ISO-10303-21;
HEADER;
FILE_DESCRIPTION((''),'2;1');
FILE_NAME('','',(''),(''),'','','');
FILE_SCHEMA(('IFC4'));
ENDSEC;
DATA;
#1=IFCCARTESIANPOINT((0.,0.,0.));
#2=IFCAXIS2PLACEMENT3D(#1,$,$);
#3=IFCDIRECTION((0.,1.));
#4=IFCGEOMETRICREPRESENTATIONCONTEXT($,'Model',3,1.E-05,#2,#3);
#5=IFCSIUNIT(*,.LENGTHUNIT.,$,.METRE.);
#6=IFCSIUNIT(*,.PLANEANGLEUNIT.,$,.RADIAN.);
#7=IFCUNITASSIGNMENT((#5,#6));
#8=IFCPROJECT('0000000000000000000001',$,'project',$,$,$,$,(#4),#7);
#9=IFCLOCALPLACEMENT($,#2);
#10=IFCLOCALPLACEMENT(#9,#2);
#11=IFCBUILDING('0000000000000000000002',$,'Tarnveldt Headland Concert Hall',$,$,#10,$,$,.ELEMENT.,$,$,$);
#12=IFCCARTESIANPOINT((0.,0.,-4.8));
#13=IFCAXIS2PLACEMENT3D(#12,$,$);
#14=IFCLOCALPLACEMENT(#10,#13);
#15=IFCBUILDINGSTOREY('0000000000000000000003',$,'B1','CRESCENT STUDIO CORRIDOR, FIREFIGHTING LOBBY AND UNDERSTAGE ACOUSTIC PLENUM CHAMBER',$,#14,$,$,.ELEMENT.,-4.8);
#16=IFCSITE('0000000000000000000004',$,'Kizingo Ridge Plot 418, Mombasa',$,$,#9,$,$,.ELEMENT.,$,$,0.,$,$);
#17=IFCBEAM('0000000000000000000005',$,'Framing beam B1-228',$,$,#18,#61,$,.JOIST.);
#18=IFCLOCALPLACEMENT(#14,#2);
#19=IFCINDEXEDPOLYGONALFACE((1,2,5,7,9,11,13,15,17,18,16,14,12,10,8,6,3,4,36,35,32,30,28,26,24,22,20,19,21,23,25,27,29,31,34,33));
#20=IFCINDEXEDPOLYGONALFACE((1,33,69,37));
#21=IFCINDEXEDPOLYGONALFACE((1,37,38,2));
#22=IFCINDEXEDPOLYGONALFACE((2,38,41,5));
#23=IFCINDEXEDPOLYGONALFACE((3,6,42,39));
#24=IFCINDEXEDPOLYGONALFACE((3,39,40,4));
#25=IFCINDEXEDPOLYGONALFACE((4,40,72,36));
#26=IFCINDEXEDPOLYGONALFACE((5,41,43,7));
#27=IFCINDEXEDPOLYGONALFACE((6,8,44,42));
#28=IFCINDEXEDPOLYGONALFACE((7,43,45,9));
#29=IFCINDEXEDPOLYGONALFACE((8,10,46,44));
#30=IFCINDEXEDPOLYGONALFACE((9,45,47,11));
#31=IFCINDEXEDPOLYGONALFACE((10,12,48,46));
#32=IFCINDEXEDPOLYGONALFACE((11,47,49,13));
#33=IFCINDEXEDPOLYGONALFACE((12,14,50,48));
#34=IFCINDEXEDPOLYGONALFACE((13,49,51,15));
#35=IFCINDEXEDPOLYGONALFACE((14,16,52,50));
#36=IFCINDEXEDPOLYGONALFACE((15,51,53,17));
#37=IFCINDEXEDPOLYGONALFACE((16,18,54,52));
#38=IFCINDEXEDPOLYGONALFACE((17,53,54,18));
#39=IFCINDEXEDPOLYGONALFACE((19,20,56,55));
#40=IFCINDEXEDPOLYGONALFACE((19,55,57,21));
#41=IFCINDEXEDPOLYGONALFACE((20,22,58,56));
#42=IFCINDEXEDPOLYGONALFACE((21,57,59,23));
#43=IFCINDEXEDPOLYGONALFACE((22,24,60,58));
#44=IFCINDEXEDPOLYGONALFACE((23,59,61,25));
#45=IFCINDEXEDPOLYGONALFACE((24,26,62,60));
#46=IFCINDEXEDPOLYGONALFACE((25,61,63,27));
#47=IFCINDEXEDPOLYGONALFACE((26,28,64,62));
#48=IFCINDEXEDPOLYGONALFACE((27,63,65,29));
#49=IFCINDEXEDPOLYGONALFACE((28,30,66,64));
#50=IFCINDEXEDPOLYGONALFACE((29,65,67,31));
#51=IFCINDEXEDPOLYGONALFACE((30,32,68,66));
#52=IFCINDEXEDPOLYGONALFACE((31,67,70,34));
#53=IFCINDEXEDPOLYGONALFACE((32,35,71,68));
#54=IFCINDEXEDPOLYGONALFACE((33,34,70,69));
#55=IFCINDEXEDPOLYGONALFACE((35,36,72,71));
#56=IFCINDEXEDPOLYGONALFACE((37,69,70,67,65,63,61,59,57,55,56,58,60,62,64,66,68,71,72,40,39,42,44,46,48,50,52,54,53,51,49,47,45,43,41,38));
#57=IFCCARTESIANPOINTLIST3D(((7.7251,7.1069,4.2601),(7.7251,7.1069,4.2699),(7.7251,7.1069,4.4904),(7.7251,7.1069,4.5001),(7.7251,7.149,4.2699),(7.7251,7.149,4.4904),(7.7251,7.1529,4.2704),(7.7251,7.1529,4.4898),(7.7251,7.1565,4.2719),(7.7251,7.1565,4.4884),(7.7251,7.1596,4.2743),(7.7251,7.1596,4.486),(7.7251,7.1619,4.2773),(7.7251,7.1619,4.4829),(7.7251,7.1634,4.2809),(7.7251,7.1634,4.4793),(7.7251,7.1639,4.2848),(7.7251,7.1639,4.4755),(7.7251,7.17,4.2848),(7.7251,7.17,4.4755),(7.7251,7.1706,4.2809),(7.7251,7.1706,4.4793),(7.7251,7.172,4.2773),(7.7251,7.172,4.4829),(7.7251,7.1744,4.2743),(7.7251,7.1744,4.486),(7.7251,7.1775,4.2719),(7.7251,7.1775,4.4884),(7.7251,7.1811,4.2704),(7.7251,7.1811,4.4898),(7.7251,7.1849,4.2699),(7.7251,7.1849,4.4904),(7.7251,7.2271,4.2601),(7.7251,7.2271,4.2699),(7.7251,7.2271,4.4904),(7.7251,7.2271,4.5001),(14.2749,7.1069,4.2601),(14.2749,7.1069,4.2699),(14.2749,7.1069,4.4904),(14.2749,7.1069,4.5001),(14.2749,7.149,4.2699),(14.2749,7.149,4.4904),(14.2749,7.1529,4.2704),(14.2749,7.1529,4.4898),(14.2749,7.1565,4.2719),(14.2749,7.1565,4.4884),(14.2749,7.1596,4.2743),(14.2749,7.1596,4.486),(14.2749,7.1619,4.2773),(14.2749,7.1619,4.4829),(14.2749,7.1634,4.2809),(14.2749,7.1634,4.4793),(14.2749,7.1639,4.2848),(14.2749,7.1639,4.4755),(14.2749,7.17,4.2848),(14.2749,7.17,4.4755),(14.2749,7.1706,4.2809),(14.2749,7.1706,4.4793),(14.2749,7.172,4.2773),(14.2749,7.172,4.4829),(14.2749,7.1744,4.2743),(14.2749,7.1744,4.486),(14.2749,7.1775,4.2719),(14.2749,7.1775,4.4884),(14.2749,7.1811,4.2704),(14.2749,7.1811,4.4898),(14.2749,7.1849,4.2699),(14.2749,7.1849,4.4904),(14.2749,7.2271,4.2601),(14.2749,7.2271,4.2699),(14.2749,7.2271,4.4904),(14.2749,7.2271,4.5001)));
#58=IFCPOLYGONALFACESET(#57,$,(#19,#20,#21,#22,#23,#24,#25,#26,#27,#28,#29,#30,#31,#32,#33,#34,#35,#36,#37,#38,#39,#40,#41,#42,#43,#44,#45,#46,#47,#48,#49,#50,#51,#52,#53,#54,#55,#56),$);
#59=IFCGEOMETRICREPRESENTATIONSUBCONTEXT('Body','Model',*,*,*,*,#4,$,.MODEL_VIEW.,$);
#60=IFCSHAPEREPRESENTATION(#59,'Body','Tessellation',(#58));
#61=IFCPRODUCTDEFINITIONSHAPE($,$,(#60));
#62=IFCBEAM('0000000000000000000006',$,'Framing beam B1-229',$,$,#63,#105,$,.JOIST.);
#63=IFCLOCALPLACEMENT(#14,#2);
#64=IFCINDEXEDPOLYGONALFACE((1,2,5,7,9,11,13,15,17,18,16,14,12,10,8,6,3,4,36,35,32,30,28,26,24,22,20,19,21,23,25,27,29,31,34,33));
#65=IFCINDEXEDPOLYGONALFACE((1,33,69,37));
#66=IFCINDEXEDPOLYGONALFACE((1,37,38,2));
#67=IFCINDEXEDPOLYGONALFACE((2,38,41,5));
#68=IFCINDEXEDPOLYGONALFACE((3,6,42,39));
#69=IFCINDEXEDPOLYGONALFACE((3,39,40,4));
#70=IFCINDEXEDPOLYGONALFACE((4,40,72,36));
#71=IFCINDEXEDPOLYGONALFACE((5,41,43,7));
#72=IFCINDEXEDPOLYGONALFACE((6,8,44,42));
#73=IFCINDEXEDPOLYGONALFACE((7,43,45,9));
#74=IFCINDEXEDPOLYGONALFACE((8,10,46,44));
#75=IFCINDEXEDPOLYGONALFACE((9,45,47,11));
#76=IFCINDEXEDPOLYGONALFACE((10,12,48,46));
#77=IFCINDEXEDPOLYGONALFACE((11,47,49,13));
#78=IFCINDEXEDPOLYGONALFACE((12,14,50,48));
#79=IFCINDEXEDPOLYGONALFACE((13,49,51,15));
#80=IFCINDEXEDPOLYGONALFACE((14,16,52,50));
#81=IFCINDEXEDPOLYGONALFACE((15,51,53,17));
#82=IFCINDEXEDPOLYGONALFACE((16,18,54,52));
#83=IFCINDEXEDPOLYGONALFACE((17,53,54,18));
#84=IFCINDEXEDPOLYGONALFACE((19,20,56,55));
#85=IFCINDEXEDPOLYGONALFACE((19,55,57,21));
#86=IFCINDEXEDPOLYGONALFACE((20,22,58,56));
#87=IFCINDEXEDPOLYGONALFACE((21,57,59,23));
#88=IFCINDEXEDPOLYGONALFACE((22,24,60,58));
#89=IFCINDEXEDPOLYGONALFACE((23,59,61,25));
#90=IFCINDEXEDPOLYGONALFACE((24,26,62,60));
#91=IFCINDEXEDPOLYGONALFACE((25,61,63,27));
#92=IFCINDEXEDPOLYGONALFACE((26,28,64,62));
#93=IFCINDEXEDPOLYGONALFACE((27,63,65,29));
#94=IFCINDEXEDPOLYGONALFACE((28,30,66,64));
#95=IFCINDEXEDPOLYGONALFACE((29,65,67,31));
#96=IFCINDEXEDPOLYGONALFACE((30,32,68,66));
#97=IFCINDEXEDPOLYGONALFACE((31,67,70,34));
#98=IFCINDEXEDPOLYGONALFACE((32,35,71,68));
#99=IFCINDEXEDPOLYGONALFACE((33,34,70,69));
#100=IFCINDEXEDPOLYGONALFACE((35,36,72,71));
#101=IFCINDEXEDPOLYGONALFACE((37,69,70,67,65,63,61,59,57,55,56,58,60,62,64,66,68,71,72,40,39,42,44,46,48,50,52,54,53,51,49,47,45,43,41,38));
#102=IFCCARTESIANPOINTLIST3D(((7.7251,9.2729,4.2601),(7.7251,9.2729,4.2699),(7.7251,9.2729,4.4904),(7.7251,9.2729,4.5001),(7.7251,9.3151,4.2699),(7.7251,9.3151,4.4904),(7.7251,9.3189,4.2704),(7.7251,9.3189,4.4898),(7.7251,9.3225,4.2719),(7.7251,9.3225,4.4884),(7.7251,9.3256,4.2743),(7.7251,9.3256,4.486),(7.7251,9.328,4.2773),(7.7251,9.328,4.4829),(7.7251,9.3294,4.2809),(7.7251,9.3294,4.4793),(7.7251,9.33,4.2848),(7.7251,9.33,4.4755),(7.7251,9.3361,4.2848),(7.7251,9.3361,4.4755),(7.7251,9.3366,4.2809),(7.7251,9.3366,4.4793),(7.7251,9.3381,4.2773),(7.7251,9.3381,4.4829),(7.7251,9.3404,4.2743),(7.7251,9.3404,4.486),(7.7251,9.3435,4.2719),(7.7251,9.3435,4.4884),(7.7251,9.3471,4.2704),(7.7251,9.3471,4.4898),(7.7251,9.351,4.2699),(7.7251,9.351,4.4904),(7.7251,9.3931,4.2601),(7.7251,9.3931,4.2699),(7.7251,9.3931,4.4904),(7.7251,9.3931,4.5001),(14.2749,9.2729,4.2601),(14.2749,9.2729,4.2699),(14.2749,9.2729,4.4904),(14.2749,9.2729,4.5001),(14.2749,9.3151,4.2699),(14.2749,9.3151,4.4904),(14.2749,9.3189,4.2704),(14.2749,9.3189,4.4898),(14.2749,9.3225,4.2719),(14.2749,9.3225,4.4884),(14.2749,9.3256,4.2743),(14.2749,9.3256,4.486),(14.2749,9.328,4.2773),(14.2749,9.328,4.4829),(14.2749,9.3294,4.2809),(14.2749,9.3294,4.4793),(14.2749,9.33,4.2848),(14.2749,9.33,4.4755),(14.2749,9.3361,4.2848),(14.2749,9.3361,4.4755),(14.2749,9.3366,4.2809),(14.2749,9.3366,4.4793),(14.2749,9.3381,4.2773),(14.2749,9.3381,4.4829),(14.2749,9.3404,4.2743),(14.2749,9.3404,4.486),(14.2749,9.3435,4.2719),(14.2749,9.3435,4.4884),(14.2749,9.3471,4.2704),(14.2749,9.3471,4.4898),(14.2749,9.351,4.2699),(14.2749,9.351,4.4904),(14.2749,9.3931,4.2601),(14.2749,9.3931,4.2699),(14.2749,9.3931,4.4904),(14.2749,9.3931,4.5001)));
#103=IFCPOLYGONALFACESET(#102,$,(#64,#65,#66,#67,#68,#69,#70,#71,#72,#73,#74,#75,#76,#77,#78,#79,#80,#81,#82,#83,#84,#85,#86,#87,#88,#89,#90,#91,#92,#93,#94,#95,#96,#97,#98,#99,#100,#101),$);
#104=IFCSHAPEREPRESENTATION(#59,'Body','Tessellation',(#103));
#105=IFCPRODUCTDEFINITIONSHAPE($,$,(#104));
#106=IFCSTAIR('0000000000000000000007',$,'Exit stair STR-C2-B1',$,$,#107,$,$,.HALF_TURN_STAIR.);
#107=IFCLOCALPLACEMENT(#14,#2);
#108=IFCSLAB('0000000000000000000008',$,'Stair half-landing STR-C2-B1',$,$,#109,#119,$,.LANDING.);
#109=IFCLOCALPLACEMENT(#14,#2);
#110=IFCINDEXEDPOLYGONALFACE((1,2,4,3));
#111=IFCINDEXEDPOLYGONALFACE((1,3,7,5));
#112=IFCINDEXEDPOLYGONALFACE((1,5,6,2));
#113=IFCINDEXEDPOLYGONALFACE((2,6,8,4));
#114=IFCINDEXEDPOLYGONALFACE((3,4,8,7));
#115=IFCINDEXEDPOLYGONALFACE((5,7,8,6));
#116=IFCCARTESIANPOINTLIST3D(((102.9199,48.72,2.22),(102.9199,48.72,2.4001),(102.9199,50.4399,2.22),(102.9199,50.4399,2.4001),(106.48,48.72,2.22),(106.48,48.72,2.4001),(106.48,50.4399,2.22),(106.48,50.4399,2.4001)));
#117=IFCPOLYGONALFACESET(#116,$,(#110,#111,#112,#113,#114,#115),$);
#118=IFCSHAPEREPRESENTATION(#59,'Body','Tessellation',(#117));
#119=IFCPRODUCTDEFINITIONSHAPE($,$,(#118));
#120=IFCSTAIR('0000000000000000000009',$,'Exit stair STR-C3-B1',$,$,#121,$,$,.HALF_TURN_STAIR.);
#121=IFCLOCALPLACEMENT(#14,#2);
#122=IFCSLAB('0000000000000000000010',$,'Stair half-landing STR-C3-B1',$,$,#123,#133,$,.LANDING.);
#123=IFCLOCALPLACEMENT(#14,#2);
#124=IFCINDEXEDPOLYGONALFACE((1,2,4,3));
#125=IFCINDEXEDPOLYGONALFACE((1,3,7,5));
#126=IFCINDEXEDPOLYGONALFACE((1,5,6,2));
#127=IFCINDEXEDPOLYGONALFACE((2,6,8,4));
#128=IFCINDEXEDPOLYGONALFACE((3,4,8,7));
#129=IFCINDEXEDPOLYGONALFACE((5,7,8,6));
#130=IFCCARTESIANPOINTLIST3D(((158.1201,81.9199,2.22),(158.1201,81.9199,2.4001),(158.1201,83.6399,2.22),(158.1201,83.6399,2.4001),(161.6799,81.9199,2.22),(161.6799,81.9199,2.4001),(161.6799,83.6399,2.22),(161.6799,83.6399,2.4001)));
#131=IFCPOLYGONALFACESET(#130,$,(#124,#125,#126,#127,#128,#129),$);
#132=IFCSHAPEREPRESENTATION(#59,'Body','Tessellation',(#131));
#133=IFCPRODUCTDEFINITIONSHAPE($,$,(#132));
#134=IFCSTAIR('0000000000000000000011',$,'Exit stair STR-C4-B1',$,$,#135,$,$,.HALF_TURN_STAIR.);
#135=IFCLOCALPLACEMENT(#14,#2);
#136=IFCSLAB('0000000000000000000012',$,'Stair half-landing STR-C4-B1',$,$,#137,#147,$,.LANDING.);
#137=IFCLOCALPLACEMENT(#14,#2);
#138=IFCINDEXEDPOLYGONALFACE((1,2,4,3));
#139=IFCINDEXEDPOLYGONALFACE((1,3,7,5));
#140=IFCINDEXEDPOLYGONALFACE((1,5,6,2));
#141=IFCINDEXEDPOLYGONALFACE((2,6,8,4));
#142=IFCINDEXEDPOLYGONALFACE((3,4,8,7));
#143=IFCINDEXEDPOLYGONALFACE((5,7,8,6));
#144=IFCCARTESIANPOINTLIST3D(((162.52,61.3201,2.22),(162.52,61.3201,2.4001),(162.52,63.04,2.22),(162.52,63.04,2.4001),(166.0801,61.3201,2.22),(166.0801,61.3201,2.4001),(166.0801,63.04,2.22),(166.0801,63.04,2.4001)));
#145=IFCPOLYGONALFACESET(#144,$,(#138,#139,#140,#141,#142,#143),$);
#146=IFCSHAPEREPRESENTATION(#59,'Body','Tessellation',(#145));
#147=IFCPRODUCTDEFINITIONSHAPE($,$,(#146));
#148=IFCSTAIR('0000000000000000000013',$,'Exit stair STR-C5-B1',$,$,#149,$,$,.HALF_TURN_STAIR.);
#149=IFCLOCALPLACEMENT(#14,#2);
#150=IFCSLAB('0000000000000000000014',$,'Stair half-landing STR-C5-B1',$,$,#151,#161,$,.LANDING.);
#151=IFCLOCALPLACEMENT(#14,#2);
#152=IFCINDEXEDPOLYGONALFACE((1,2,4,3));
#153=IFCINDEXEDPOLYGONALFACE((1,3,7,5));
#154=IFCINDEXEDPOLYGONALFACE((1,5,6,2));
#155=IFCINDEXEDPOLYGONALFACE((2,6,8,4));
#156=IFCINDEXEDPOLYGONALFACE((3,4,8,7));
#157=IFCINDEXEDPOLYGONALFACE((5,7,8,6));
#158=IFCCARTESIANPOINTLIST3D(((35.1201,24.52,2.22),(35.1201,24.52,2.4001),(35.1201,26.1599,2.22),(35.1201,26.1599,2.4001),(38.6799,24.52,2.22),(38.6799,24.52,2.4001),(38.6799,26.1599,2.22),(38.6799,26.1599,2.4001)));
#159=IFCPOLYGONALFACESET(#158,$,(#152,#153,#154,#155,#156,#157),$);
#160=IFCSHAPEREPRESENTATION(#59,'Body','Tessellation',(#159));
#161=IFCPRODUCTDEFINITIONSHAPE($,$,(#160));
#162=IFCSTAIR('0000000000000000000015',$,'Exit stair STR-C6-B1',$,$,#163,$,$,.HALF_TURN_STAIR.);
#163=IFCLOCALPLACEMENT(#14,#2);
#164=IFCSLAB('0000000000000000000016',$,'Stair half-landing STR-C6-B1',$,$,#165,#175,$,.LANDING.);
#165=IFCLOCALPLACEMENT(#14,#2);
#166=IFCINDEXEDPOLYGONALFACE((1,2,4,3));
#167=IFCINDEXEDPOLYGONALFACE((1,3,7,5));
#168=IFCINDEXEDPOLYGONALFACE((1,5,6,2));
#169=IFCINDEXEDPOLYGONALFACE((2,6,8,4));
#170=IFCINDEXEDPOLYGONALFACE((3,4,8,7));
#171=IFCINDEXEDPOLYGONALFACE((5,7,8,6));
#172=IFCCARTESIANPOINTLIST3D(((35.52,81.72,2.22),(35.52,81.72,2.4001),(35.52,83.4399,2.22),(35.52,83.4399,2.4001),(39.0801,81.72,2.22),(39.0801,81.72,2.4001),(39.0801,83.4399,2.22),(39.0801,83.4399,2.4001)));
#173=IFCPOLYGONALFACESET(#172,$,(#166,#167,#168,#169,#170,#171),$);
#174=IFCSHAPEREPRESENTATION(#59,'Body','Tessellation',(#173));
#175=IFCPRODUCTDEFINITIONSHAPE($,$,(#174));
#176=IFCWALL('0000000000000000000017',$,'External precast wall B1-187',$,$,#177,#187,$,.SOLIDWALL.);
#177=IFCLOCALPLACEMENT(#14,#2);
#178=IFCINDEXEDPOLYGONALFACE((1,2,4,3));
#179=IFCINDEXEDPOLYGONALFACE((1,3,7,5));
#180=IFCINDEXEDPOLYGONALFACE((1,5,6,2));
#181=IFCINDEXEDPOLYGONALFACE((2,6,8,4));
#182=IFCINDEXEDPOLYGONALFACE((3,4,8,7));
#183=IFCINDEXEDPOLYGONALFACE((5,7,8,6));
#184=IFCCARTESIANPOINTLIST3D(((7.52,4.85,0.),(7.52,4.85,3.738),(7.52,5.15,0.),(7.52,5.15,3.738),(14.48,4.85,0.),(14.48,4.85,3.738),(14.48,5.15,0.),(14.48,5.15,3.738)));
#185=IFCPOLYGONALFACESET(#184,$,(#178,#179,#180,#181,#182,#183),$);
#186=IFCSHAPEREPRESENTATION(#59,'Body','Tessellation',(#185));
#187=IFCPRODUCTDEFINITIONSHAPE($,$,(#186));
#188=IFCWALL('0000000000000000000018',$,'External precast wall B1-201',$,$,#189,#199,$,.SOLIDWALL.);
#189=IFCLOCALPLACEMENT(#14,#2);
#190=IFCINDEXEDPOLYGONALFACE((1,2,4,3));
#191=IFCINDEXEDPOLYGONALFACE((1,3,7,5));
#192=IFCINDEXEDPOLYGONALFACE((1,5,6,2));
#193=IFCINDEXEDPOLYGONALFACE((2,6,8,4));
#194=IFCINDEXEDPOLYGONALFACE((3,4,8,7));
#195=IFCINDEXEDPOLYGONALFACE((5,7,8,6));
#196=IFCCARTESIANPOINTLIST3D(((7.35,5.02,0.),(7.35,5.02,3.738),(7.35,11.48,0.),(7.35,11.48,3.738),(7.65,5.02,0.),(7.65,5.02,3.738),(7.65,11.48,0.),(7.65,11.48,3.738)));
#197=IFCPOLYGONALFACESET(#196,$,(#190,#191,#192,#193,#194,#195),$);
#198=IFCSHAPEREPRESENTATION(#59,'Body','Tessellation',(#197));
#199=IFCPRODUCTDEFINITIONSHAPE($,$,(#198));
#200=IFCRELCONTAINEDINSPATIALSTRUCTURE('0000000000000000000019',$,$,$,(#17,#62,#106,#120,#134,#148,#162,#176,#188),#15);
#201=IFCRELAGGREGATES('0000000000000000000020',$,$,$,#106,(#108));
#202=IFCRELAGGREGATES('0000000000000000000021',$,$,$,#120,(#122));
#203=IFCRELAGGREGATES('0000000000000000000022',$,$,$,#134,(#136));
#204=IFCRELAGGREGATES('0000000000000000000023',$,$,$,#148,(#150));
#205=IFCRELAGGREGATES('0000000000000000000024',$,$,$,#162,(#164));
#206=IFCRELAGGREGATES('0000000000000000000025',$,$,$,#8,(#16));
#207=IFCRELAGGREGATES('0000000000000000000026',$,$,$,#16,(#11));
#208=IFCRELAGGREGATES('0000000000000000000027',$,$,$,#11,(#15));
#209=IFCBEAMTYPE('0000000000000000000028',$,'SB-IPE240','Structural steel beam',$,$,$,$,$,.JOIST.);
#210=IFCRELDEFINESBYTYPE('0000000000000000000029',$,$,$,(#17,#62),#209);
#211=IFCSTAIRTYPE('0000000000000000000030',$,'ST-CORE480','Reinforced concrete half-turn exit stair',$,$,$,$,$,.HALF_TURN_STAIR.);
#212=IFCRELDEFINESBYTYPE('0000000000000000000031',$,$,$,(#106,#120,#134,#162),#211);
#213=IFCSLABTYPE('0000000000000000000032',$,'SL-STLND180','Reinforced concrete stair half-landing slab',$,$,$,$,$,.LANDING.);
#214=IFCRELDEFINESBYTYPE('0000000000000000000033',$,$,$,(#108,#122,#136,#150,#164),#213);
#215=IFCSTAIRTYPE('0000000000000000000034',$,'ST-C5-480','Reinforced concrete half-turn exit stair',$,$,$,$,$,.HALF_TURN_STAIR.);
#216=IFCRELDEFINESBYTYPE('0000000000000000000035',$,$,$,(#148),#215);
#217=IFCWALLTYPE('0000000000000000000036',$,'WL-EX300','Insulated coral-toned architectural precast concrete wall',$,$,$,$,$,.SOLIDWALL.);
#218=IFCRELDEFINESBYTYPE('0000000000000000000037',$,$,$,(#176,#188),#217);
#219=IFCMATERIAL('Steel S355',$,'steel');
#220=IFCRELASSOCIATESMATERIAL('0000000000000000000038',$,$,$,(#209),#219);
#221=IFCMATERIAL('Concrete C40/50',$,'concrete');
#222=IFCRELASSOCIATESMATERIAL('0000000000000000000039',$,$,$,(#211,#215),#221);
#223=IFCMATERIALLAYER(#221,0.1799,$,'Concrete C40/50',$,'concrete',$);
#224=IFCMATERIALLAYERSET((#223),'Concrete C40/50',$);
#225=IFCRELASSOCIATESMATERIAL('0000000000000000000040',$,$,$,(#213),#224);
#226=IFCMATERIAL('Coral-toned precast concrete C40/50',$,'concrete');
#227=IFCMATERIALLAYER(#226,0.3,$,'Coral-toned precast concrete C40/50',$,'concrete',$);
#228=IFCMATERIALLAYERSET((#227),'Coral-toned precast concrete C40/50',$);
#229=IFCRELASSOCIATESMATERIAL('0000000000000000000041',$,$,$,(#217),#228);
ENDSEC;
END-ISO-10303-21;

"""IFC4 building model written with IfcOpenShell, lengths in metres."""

from ifc_helpers import new_model, si_unit, direction, frame, frame_2d, origin, origin_2d, place, context, subcontext, project, spatial, polyline, rectangle, i_section, outline, extrude, material, layer, layer_set, material_profile, profile_set, type_object, element, aggregate, save


model = new_model("IFC4")

# Units and contexts
model_context = context("Model", 3, precision=1e-05, world=origin(), true_north=direction((0.0, 1.0)))
body_context = subcontext(model_context, "Body", "Model", "MODEL_VIEW")
ifc_project = project(units=[si_unit("LENGTHUNIT", "METRE"), si_unit("PLANEANGLEUNIT", "RADIAN")], contexts=[model_context])

# Site, building, storey
site_placement = place(None, origin())
site = spatial("IfcSite", under=ifc_project, at=site_placement, Name="Kizingo Ridge Plot 418, Mombasa", CompositionType="ELEMENT", RefElevation=0.0)
building_placement = place(site_placement, origin())
building = spatial("IfcBuilding", under=site, at=building_placement, Name="Tarnveldt Headland Concert Hall", CompositionType="ELEMENT")
storey_placement = place(building_placement, frame((0.0, 0.0, -4.8)))
storey = spatial("IfcBuildingStorey", under=building, at=storey_placement, Name="B1", Description="CRESCENT STUDIO CORRIDOR, FIREFIGHTING LOBBY AND UNDERSTAGE ACOUSTIC PLENUM CHAMBER", CompositionType="ELEMENT", Elevation=-4.8)

# Shared definitions
ifc_material_1 = material(Name="Concrete C40/50", Category="concrete")

# Shared definitions
ifc_material_2 = material(Name="Steel S355", Category="steel")

# Beams
ifc_material_profile_1 = material_profile(ifc_material_2, i_section(OverallWidth=0.1201, OverallDepth=0.24, WebThickness=0.0061, FlangeThickness=0.0098, FilletRadius=0.0149, at=origin_2d()), Name="IPE240", Category="steel")
ifc_profile_set_1 = profile_set([ifc_material_profile_1], Name="Steel S355")
beam_type_1 = type_object("IfcBeamType", Name="SB-IPE240", Description="Structural steel beam", PredefinedType="JOIST", material=ifc_profile_set_1)
for number, where, z_axis, x_axis, name in (
    (1, (7.7251, 7.167, 4.3801), (1.0, 0.0, 0.0), (0.0, 1.0, 0.0), "Framing beam B1-228"),
    (2, (7.7251, 9.333, 4.3801), (1.0, 0.0, 0.0), (0.0, 1.0, 0.0), "Framing beam B1-229"),
):
    element("IfcBeam", number, at=place(storey_placement, frame(where, z_axis=z_axis, x_axis=x_axis)), inside=storey, type_object=beam_type_1, Name=name, PredefinedType="JOIST", context=body_context, shape_type="SweptSolid", body=[
        extrude(i_section(OverallWidth=0.1201, OverallDepth=0.24, WebThickness=0.0061, FlangeThickness=0.0098, FilletRadius=0.0149, at=origin_2d()), origin(), (0.0, 0.0, 1.0), 6.5498),
    ])

# Stairs, slabs
stair_type_1 = type_object("IfcStairType", Name="ST-CORE480", Description="Reinforced concrete half-turn exit stair", PredefinedType="HALF_TURN_STAIR", material=ifc_material_1)
stair_1_placement = place(storey_placement, origin())
stair_1 = element("IfcStair", 3, at=stair_1_placement, inside=storey, type_object=stair_type_1, Name="Exit stair STR-C2-B1", PredefinedType="HALF_TURN_STAIR")
ifc_layer_1 = layer(ifc_material_1, 0.1799, Name="Concrete C40/50", Category="concrete")
ifc_layer_set_1 = layer_set([ifc_layer_1], Name="Concrete C40/50")
slab_type = type_object("IfcSlabType", Name="SL-STLND180", Description="Reinforced concrete stair half-landing slab", PredefinedType="LANDING", material=ifc_layer_set_1)
slab_1_placement = place(storey_placement, frame((0.0, 0.0, 2.22)))
slab_1 = element("IfcSlab", 4, at=slab_1_placement, type_object=slab_type, Name="Stair half-landing STR-C2-B1", PredefinedType="LANDING", context=body_context, shape_type="SweptSolid", body=[
    extrude(outline(polyline([(102.9199, 48.72), (106.48, 48.72), (106.48, 50.4399), (102.9199, 50.4399), (102.9199, 48.72)])), origin(), (0.0, 0.0, 1.0), 0.1802),
])
aggregate(stair_1, [slab_1])
stair_2_placement = place(storey_placement, origin())
stair_2 = element("IfcStair", 5, at=stair_2_placement, inside=storey, type_object=stair_type_1, Name="Exit stair STR-C3-B1", PredefinedType="HALF_TURN_STAIR")
slab_2_placement = place(storey_placement, frame((0.0, 0.0, 2.22)))
slab_2 = element("IfcSlab", 6, at=slab_2_placement, type_object=slab_type, Name="Stair half-landing STR-C3-B1", PredefinedType="LANDING", context=body_context, shape_type="SweptSolid", body=[
    extrude(outline(polyline([(158.1201, 81.9199), (161.6799, 81.9199), (161.6799, 83.6399), (158.1201, 83.6399), (158.1201, 81.9199)])), origin(), (0.0, 0.0, 1.0), 0.1802),
])
aggregate(stair_2, [slab_2])
stair_3_placement = place(storey_placement, origin())
stair_3 = element("IfcStair", 7, at=stair_3_placement, inside=storey, type_object=stair_type_1, Name="Exit stair STR-C4-B1", PredefinedType="HALF_TURN_STAIR")
slab_3_placement = place(storey_placement, frame((0.0, 0.0, 2.22)))
slab_3 = element("IfcSlab", 8, at=slab_3_placement, type_object=slab_type, Name="Stair half-landing STR-C4-B1", PredefinedType="LANDING", context=body_context, shape_type="SweptSolid", body=[
    extrude(outline(polyline([(162.52, 61.3201), (166.0801, 61.3201), (166.0801, 63.04), (162.52, 63.04), (162.52, 61.3201)])), origin(), (0.0, 0.0, 1.0), 0.1802),
])
aggregate(stair_3, [slab_3])
stair_type_2 = type_object("IfcStairType", Name="ST-C5-480", Description="Reinforced concrete half-turn exit stair", PredefinedType="HALF_TURN_STAIR", material=ifc_material_1)
stair_4_placement = place(storey_placement, origin())
stair_4 = element("IfcStair", 9, at=stair_4_placement, inside=storey, type_object=stair_type_2, Name="Exit stair STR-C5-B1", PredefinedType="HALF_TURN_STAIR")
slab_4_placement = place(storey_placement, frame((0.0, 0.0, 2.22)))
slab_4 = element("IfcSlab", 10, at=slab_4_placement, type_object=slab_type, Name="Stair half-landing STR-C5-B1", PredefinedType="LANDING", context=body_context, shape_type="SweptSolid", body=[
    extrude(outline(polyline([(35.1201, 24.52), (38.6799, 24.52), (38.6799, 26.1599), (35.1201, 26.1599), (35.1201, 24.52)])), origin(), (0.0, 0.0, 1.0), 0.1802),
])
aggregate(stair_4, [slab_4])
stair_5_placement = place(storey_placement, origin())
stair_5 = element("IfcStair", 11, at=stair_5_placement, inside=storey, type_object=stair_type_1, Name="Exit stair STR-C6-B1", PredefinedType="HALF_TURN_STAIR")
slab_5_placement = place(storey_placement, frame((0.0, 0.0, 2.22)))
slab_5 = element("IfcSlab", 12, at=slab_5_placement, type_object=slab_type, Name="Stair half-landing STR-C6-B1", PredefinedType="LANDING", context=body_context, shape_type="SweptSolid", body=[
    extrude(outline(polyline([(35.52, 81.72), (39.0801, 81.72), (39.0801, 83.4399), (35.52, 83.4399), (35.52, 81.72)])), origin(), (0.0, 0.0, 1.0), 0.1802),
])
aggregate(stair_5, [slab_5])

# Walls
ifc_material_3 = material(Name="Coral-toned precast concrete C40/50", Category="concrete")
ifc_layer_2 = layer(ifc_material_3, 0.3, Name="Coral-toned precast concrete C40/50", Category="concrete")
ifc_layer_set_2 = layer_set([ifc_layer_2], Name="Coral-toned precast concrete C40/50")
wall_type = type_object("IfcWallType", Name="WL-EX300", Description="Insulated coral-toned architectural precast concrete wall", PredefinedType="SOLIDWALL", material=ifc_layer_set_2)
wall_1_placement = place(storey_placement, frame((14.48, 5.0, 0.0), z_axis=(0.0, 0.0, 1.0), x_axis=(-1.0, 0.0, 0.0)))
element("IfcWall", 13, at=wall_1_placement, inside=storey, type_object=wall_type, Name="External precast wall B1-187", PredefinedType="SOLIDWALL", context=body_context, shape_type="SweptSolid", body=[
    extrude(rectangle(XDim=6.96, YDim=0.3, at=frame_2d((3.48, 0.0))), origin(), (0.0, 0.0, 1.0), 3.738),
])
wall_2_placement = place(storey_placement, frame((7.5, 5.02, 0.0), z_axis=(0.0, 0.0, 1.0), x_axis=(0.0, 1.0, 0.0)))
element("IfcWall", 14, at=wall_2_placement, inside=storey, type_object=wall_type, Name="External precast wall B1-201", PredefinedType="SOLIDWALL", context=body_context, shape_type="SweptSolid", body=[
    extrude(rectangle(XDim=6.46, YDim=0.3, at=frame_2d((3.23, 0.0))), origin(), (0.0, 0.0, 1.0), 3.738),
])

save(model, "model.ifc")
